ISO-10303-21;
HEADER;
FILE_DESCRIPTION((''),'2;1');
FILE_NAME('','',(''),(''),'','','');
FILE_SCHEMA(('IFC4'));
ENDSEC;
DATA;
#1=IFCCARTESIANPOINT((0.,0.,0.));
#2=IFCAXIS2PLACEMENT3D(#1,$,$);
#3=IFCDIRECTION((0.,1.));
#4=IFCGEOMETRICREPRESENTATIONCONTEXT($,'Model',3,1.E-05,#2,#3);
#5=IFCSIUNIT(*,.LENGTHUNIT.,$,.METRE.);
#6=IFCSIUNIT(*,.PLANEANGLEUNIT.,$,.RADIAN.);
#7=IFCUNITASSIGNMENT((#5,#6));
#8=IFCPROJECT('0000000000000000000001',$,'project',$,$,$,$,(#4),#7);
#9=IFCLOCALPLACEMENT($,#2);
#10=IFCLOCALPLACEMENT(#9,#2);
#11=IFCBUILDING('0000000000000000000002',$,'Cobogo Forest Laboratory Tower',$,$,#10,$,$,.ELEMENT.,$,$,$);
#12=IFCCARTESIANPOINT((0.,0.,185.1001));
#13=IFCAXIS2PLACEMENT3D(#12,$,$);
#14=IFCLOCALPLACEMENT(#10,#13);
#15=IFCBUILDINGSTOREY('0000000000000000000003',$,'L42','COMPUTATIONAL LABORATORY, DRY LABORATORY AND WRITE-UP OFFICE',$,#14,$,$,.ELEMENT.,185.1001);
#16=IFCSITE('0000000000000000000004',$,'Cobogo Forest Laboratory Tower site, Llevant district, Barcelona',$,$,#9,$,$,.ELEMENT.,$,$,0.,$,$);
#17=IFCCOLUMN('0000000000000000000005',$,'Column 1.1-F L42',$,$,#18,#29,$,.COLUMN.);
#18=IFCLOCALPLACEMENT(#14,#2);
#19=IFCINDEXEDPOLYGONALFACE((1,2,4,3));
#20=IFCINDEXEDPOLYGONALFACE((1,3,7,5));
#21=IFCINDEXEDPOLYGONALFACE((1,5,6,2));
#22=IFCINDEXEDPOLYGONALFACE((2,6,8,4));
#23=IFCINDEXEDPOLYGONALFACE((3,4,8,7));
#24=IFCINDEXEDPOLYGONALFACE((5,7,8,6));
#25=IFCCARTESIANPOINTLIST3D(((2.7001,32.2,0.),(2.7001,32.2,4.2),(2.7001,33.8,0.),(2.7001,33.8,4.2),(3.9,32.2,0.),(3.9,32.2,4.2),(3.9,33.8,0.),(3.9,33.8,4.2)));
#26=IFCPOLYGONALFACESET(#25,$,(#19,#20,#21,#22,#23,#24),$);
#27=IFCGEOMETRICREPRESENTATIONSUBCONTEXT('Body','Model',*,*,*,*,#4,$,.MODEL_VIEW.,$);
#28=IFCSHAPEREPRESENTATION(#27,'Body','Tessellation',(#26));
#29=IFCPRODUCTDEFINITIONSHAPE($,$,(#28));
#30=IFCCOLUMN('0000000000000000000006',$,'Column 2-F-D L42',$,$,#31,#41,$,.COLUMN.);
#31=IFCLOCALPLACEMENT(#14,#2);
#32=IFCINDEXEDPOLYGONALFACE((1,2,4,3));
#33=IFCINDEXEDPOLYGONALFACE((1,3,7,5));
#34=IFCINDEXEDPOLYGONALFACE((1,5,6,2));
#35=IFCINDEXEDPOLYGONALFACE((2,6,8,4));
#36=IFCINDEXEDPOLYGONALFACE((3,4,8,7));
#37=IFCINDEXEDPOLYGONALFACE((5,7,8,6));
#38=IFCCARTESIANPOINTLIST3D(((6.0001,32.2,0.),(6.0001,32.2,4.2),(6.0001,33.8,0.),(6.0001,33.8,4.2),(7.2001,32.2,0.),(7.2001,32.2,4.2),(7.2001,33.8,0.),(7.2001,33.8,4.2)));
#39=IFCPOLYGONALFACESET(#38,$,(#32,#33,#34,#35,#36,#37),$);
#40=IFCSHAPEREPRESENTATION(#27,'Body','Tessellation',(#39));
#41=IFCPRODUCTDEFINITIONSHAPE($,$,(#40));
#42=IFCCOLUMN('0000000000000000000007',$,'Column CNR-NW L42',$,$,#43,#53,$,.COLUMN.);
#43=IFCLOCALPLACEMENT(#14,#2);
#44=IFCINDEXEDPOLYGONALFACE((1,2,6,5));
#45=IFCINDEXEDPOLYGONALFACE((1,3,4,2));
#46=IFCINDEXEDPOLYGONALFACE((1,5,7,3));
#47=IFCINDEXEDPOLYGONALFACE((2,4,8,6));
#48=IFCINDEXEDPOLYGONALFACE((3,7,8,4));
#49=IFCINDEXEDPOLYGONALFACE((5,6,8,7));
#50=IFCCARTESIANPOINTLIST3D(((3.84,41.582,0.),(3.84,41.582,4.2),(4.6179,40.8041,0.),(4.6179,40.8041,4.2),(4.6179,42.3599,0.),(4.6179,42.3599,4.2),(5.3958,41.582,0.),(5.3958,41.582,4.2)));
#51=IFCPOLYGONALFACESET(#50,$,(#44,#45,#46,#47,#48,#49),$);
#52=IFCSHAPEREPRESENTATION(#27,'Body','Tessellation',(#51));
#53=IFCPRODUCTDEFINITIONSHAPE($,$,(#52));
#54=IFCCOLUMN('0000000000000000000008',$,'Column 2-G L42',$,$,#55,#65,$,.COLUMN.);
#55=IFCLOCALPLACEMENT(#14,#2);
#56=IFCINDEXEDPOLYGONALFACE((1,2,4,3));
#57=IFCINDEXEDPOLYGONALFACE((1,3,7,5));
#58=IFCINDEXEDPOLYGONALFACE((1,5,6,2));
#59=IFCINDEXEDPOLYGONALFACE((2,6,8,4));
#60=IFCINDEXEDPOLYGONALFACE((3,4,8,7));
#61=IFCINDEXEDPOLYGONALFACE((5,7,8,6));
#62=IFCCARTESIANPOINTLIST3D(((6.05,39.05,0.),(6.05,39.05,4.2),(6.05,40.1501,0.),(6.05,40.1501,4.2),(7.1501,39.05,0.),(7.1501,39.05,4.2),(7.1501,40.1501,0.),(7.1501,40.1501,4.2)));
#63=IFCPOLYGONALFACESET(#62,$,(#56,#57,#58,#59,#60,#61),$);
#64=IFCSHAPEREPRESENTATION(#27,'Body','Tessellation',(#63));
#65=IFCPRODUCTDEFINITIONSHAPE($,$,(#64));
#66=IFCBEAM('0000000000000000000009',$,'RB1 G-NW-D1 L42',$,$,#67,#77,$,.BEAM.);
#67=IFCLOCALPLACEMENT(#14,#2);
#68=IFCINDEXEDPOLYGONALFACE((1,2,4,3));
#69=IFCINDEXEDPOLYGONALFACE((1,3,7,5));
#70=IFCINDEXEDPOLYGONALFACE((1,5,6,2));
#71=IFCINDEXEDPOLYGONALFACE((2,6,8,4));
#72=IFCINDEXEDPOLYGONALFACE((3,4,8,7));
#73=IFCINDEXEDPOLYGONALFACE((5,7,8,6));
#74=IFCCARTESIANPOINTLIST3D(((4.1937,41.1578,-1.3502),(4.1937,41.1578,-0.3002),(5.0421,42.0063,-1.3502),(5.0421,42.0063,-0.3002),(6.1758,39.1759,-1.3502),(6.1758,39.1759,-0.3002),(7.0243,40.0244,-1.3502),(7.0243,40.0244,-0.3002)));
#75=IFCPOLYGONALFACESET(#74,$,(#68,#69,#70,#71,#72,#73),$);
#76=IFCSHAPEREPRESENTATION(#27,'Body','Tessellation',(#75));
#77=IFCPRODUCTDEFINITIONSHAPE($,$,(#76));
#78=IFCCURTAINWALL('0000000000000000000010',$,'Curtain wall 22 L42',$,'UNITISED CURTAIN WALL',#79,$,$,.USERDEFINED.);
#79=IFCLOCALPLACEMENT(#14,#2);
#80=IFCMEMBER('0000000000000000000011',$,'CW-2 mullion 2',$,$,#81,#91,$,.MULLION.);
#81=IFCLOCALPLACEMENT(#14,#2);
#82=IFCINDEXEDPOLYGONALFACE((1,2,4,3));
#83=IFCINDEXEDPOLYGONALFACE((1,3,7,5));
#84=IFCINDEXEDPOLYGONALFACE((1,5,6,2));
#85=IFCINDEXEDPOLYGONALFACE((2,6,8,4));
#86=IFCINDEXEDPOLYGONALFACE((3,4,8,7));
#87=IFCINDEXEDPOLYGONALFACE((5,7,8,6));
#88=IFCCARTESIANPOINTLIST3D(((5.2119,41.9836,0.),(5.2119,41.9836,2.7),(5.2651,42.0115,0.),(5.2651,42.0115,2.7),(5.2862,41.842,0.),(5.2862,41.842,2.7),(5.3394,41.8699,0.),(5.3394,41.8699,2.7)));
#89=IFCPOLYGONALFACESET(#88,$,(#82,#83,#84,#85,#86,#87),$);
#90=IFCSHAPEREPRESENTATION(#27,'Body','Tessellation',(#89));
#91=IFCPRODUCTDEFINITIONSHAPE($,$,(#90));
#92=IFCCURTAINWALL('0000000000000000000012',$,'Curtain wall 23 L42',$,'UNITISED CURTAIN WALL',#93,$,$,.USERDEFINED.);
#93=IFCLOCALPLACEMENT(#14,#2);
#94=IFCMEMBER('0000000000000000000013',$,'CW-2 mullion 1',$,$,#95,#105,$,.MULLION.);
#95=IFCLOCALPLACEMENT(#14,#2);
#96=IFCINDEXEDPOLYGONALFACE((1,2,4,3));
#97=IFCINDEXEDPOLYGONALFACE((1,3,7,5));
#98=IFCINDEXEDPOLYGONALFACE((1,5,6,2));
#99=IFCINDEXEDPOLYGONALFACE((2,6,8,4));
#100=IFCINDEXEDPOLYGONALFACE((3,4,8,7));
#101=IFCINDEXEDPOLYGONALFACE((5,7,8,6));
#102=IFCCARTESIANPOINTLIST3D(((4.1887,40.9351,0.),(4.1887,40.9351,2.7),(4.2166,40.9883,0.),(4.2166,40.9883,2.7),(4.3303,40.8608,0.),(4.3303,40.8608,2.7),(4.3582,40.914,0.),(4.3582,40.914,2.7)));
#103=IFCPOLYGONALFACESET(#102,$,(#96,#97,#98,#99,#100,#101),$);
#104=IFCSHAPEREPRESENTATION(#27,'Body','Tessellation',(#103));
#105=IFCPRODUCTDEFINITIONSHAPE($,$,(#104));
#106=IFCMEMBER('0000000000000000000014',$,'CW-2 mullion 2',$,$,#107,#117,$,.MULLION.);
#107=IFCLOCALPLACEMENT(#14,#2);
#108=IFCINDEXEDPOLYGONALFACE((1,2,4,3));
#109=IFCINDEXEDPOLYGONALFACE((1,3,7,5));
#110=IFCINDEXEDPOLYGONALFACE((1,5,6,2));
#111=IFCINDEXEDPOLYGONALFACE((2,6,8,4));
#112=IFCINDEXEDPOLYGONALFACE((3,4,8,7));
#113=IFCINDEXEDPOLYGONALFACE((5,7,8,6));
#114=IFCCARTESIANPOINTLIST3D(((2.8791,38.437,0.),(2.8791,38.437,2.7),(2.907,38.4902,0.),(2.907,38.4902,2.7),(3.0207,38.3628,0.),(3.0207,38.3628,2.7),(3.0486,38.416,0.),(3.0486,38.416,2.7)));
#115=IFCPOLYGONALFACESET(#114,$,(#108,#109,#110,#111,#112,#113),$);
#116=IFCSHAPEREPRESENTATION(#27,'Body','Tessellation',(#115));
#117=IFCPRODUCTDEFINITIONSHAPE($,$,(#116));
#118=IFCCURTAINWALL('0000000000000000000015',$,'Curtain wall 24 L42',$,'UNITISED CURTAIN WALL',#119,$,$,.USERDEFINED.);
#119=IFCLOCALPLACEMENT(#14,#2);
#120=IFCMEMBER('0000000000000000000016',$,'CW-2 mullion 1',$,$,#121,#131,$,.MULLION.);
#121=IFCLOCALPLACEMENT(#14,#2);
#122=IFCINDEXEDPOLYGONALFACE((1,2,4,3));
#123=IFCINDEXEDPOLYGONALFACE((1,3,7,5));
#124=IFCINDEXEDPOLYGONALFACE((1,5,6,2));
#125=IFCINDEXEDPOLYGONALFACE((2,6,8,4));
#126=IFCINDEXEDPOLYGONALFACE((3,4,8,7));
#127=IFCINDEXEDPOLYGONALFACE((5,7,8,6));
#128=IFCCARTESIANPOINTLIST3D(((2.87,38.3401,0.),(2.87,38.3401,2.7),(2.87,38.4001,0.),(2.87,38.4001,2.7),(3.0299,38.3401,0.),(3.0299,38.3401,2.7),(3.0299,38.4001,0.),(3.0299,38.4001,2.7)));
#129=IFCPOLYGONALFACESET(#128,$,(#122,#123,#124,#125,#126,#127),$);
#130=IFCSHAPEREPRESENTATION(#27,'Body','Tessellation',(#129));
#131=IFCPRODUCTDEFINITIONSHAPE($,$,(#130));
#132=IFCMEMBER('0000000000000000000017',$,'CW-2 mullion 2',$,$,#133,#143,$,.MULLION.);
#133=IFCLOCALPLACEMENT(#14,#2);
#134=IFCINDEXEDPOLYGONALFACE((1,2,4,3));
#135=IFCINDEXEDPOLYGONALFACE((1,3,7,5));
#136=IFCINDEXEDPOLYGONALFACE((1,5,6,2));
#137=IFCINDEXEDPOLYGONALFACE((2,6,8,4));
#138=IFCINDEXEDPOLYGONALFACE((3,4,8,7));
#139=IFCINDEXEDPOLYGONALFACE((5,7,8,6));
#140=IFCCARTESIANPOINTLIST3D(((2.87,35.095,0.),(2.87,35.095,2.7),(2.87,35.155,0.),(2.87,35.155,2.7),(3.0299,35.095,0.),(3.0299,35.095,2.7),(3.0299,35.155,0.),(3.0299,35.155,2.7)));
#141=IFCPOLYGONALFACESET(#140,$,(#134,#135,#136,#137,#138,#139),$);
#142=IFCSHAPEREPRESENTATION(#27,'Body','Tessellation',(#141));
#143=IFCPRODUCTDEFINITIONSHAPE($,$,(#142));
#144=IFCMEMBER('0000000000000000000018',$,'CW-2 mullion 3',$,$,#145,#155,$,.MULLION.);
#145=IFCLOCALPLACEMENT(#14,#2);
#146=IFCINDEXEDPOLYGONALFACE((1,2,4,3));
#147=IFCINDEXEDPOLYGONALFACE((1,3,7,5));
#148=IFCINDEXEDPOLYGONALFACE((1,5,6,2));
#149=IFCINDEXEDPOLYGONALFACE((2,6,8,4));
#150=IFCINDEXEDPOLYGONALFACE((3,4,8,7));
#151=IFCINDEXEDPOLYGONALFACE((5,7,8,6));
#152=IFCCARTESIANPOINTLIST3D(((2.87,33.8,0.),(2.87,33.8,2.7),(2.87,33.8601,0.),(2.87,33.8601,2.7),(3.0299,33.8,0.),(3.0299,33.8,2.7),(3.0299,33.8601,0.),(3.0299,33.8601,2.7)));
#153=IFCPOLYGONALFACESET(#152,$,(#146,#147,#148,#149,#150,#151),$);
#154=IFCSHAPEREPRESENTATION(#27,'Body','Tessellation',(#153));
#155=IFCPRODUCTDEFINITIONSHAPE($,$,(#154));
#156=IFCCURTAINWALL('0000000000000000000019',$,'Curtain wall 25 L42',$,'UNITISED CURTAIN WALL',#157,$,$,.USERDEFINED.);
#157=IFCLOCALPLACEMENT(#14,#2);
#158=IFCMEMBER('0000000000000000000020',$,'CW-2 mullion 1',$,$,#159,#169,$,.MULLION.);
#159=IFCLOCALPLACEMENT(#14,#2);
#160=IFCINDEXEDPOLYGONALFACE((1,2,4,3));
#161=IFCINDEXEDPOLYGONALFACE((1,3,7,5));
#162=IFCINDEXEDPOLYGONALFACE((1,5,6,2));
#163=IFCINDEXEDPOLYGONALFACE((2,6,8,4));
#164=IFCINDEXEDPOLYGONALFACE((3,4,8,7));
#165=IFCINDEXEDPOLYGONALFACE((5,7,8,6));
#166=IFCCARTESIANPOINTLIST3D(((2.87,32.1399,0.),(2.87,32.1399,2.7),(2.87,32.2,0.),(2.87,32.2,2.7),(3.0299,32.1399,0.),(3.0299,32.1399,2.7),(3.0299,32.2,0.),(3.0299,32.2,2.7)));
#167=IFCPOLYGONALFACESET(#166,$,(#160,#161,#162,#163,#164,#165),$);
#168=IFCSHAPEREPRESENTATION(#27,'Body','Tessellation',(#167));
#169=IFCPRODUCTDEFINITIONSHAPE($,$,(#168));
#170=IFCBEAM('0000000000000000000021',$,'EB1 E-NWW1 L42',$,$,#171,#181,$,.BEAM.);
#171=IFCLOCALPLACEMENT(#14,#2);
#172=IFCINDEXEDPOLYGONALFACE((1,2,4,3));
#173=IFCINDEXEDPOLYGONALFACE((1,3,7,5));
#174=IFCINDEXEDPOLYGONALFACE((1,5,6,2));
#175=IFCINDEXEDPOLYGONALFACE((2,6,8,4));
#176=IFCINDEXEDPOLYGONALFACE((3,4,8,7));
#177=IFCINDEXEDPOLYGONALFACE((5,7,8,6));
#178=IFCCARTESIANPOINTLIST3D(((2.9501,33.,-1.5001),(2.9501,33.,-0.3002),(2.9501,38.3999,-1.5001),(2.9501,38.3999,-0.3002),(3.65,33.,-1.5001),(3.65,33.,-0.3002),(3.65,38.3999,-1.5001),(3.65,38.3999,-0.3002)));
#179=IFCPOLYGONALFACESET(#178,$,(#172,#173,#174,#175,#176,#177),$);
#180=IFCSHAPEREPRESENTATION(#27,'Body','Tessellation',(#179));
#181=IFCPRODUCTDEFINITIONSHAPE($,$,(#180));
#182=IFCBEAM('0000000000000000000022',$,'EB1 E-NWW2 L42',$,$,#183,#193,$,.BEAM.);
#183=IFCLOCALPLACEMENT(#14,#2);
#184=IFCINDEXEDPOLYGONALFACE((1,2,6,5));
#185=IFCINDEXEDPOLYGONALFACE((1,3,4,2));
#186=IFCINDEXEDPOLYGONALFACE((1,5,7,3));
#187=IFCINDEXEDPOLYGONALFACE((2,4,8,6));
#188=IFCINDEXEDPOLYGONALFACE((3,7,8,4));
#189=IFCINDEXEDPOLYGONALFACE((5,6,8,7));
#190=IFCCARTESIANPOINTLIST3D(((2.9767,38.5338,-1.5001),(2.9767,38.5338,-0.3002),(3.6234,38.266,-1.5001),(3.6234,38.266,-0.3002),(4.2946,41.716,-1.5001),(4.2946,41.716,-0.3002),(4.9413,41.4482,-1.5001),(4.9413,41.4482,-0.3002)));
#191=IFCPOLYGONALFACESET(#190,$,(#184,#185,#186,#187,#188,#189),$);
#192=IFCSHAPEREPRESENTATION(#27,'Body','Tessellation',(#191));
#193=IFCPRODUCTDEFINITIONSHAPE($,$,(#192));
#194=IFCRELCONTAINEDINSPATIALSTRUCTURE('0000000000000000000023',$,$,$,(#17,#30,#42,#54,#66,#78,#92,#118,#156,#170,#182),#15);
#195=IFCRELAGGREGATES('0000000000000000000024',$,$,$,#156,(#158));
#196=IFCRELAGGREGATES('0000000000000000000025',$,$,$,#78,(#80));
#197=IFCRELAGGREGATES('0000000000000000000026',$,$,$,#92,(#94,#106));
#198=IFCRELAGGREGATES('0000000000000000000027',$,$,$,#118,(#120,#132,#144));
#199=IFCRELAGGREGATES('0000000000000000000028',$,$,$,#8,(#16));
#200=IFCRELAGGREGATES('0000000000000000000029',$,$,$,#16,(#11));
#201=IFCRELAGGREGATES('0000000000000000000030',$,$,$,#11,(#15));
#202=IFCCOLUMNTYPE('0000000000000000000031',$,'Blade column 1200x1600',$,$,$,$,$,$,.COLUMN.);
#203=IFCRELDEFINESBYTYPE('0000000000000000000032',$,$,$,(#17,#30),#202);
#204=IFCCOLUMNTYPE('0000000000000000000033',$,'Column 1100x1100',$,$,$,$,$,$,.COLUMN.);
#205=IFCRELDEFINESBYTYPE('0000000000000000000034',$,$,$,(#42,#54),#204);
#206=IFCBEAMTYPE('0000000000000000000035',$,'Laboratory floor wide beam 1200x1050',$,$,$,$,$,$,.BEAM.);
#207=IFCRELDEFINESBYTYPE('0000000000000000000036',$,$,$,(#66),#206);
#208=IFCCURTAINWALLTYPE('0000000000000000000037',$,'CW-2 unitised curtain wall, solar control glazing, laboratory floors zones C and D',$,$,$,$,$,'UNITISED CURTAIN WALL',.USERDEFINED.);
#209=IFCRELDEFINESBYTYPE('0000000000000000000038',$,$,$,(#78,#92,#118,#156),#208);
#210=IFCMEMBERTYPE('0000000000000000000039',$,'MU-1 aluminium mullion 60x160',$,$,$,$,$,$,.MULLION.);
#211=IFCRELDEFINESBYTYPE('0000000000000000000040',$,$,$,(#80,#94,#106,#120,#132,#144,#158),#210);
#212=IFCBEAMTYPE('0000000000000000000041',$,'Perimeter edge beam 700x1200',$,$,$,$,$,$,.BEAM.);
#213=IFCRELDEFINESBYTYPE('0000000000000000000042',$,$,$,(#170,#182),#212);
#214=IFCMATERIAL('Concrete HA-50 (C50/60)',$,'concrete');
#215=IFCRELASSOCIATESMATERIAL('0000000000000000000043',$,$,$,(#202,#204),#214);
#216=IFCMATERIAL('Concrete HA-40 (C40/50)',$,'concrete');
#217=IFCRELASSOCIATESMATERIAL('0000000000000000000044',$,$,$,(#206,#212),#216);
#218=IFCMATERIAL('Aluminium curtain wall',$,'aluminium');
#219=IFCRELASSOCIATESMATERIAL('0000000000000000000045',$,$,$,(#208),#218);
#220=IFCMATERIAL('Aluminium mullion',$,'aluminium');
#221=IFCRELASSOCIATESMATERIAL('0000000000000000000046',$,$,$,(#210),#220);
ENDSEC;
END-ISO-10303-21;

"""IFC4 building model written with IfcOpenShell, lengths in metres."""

from ifc_helpers import new_model, si_unit, direction, frame, origin, origin_2d, place, context, subcontext, project, spatial, rectangle, extrude, material, material_profile, profile_set, type_object, element, aggregate, save


model = new_model("IFC4")

# Units and contexts
model_context = context("Model", 3, precision=1e-05, world=origin(), true_north=direction((0.0, 1.0)))
body_context = subcontext(model_context, "Body", "Model", "MODEL_VIEW")
ifc_project = project(units=[si_unit("LENGTHUNIT", "METRE"), si_unit("PLANEANGLEUNIT", "RADIAN")], contexts=[model_context])

# Site, building, storey
site_placement = place(None, origin())
site = spatial("IfcSite", under=ifc_project, at=site_placement, Name="Cobogo Forest Laboratory Tower site, Llevant district, Barcelona", CompositionType="ELEMENT", RefElevation=0.0)
building_placement = place(site_placement, origin())
building = spatial("IfcBuilding", under=site, at=building_placement, Name="Cobogo Forest Laboratory Tower", CompositionType="ELEMENT")
storey_placement = place(building_placement, frame((0.0, 0.0, 185.1001)))
storey = spatial("IfcBuildingStorey", under=building, at=storey_placement, Name="L42", Description="COMPUTATIONAL LABORATORY, DRY LABORATORY AND WRITE-UP OFFICE", CompositionType="ELEMENT", Elevation=185.1001)

# Columns
ifc_material_1 = material(Name="Concrete HA-50 (C50/60)", Category="concrete")
ifc_material_profile_1 = material_profile(ifc_material_1, rectangle(XDim=1.6001, YDim=1.2, at=origin_2d()), Name="RC 1200x1600")
ifc_profile_set_1 = profile_set([ifc_material_profile_1], Name="Concrete HA-50 (C50/60)")
column_type_1 = type_object("IfcColumnType", Name="Blade column 1200x1600", PredefinedType="COLUMN", material=ifc_profile_set_1)
for number, where, z_axis, x_axis, name in (
    (1, (3.3, 33.0, 0.0), (0.0, 0.0, 1.0), (0.0, 1.0, 0.0), "Column 1.1-F L42"),
    (2, (6.6001, 33.0, 0.0), (0.0, 0.0, 1.0), (0.0, 1.0, 0.0), "Column 2-F-D L42"),
):
    element("IfcColumn", number, at=place(storey_placement, frame(where, z_axis=z_axis, x_axis=x_axis)), inside=storey, type_object=column_type_1, Name=name, PredefinedType="COLUMN", context=body_context, shape_type="SweptSolid", body=[
        extrude(rectangle(XDim=1.6001, YDim=1.2, at=origin_2d()), origin(), (0.0, 0.0, 1.0), 4.2),
    ])
ifc_material_profile_2 = material_profile(ifc_material_1, rectangle(XDim=1.1001, YDim=1.1001, at=origin_2d()), Name="RC 1100x1100")
ifc_profile_set_2 = profile_set([ifc_material_profile_2], Name="Concrete HA-50 (C50/60)")
column_type_2 = type_object("IfcColumnType", Name="Column 1100x1100", PredefinedType="COLUMN", material=ifc_profile_set_2)
for number, where, z_axis, x_axis, name in (
    (3, (4.6179, 41.582, 0.0), (0.0, 0.0, 1.0), (0.707107, 0.707107, 0.0), "Column CNR-NW L42"),
    (4, (6.6001, 39.6001, 0.0), (0.0, 0.0, 1.0), (1.0, 0.0, 0.0), "Column 2-G L42"),
):
    element("IfcColumn", number, at=place(storey_placement, frame(where, z_axis=z_axis, x_axis=x_axis)), inside=storey, type_object=column_type_2, Name=name, PredefinedType="COLUMN", context=body_context, shape_type="SweptSolid", body=[
        extrude(rectangle(XDim=1.1001, YDim=1.1001, at=origin_2d()), origin(), (0.0, 0.0, 1.0), 4.2),
    ])

# Beam
ifc_material_2 = material(Name="Concrete HA-40 (C40/50)", Category="concrete")
ifc_material_profile_3 = material_profile(ifc_material_2, rectangle(XDim=1.2, YDim=1.05, at=origin_2d()), Name="RC 1200x1050")
ifc_profile_set_3 = profile_set([ifc_material_profile_3], Name="Concrete HA-40 (C40/50)")
beam_type_1 = type_object("IfcBeamType", Name="Laboratory floor wide beam 1200x1050", PredefinedType="BEAM", material=ifc_profile_set_3)
beam_1_placement = place(storey_placement, frame((4.6179, 41.582, -0.8252), z_axis=(0.70715, -0.707063, 0.0), x_axis=(0.707063, 0.70715, 0.0)))
element("IfcBeam", 5, at=beam_1_placement, inside=storey, type_object=beam_type_1, Name="RB1 G-NW-D1 L42", PredefinedType="BEAM", context=body_context, shape_type="SweptSolid", body=[
    extrude(rectangle(XDim=1.2, YDim=1.05, at=origin_2d()), origin(), (0.0, 0.0, 1.0), 2.803),
])

# Curtain wall, member
ifc_material_3 = material(Name="Aluminium curtain wall", Category="aluminium")
curtain_wall_type = type_object("IfcCurtainWallType", Name="CW-2 unitised curtain wall, solar control glazing, laboratory floors zones C and D", ElementType="UNITISED CURTAIN WALL", PredefinedType="USERDEFINED", material=ifc_material_3)
curtain_wall_1_placement = place(storey_placement, origin())
curtain_wall_1 = element("IfcCurtainWall", 6, at=curtain_wall_1_placement, inside=storey, type_object=curtain_wall_type, Name="Curtain wall 22 L42", ObjectType="UNITISED CURTAIN WALL", PredefinedType="USERDEFINED")
ifc_material_4 = material(Name="Aluminium mullion", Category="aluminium")
ifc_material_profile_4 = material_profile(ifc_material_4, rectangle(XDim=0.0601, YDim=0.1599, at=origin_2d()), Name="AL 60x160")
ifc_profile_set_4 = profile_set([ifc_material_profile_4], Name="Aluminium mullion")
member_type_1 = type_object("IfcMemberType", Name="MU-1 aluminium mullion 60x160", PredefinedType="MULLION", material=ifc_profile_set_4)
member_1_placement = place(storey_placement, frame((5.2756, 41.9268, 0.0), z_axis=(0.0, 0.0, 1.0), x_axis=(-0.885686, -0.464284, 0.0)))
member_1 = element("IfcMember", 7, at=member_1_placement, type_object=member_type_1, Name="CW-2 mullion 2", PredefinedType="MULLION", context=body_context, shape_type="SweptSolid", body=[
    extrude(rectangle(XDim=0.0601, YDim=0.1599, at=origin_2d()), origin(), (0.0, 0.0, 1.0), 2.7),
])

# Curtain walls, members
curtain_wall_2_placement = place(storey_placement, origin())
curtain_wall_2 = element("IfcCurtainWall", 8, at=curtain_wall_2_placement, inside=storey, type_object=curtain_wall_type, Name="Curtain wall 23 L42", ObjectType="UNITISED CURTAIN WALL", PredefinedType="USERDEFINED")
member_2_placement = place(storey_placement, frame((4.2734, 40.9246, 0.0), z_axis=(0.0, 0.0, 1.0), x_axis=(-0.464284, -0.885686, 0.0)))
member_2 = element("IfcMember", 9, at=member_2_placement, type_object=member_type_1, Name="CW-2 mullion 1", PredefinedType="MULLION", context=body_context, shape_type="SweptSolid", body=[
    extrude(rectangle(XDim=0.0601, YDim=0.1599, at=origin_2d()), origin(), (0.0, 0.0, 1.0), 2.7),
])
member_3_placement = place(storey_placement, frame((2.9639, 38.4265, 0.0), z_axis=(0.0, 0.0, 1.0), x_axis=(-0.464284, -0.885686, 0.0)))
member_3 = element("IfcMember", 10, at=member_3_placement, type_object=member_type_1, Name="CW-2 mullion 2", PredefinedType="MULLION", context=body_context, shape_type="SweptSolid", body=[
    extrude(rectangle(XDim=0.0601, YDim=0.1599, at=origin_2d()), origin(), (0.0, 0.0, 1.0), 2.7),
])
curtain_wall_3_placement = place(storey_placement, origin())
curtain_wall_3 = element("IfcCurtainWall", 11, at=curtain_wall_3_placement, inside=storey, type_object=curtain_wall_type, Name="Curtain wall 24 L42", ObjectType="UNITISED CURTAIN WALL", PredefinedType="USERDEFINED")
member_4_placement = place(storey_placement, frame((2.95, 38.3701, 0.0), z_axis=(0.0, 0.0, 1.0), x_axis=(0.0, -1.0, 0.0)))
member_4 = element("IfcMember", 12, at=member_4_placement, type_object=member_type_1, Name="CW-2 mullion 1", PredefinedType="MULLION", context=body_context, shape_type="SweptSolid", body=[
    extrude(rectangle(XDim=0.0601, YDim=0.1599, at=origin_2d()), origin(), (0.0, 0.0, 1.0), 2.7),
])
member_5_placement = place(storey_placement, frame((2.95, 35.125, 0.0), z_axis=(0.0, 0.0, 1.0), x_axis=(0.0, -1.0, 0.0)))
member_5 = element("IfcMember", 13, at=member_5_placement, type_object=member_type_1, Name="CW-2 mullion 2", PredefinedType="MULLION", context=body_context, shape_type="SweptSolid", body=[
    extrude(rectangle(XDim=0.0601, YDim=0.1599, at=origin_2d()), origin(), (0.0, 0.0, 1.0), 2.7),
])
member_6_placement = place(storey_placement, frame((2.95, 33.8301, 0.0), z_axis=(0.0, 0.0, 1.0), x_axis=(0.0, -1.0, 0.0)))
member_6 = element("IfcMember", 14, at=member_6_placement, type_object=member_type_1, Name="CW-2 mullion 3", PredefinedType="MULLION", context=body_context, shape_type="SweptSolid", body=[
    extrude(rectangle(XDim=0.0601, YDim=0.1599, at=origin_2d()), origin(), (0.0, 0.0, 1.0), 2.7),
])

# Curtain wall, member
curtain_wall_4_placement = place(storey_placement, origin())
curtain_wall_4 = element("IfcCurtainWall", 15, at=curtain_wall_4_placement, inside=storey, type_object=curtain_wall_type, Name="Curtain wall 25 L42", ObjectType="UNITISED CURTAIN WALL", PredefinedType="USERDEFINED")
member_7_placement = place(storey_placement, frame((2.95, 32.1699, 0.0), z_axis=(0.0, 0.0, 1.0), x_axis=(0.0, -1.0, 0.0)))
member_7 = element("IfcMember", 16, at=member_7_placement, type_object=member_type_1, Name="CW-2 mullion 1", PredefinedType="MULLION", context=body_context, shape_type="SweptSolid", body=[
    extrude(rectangle(XDim=0.0601, YDim=0.1599, at=origin_2d()), origin(), (0.0, 0.0, 1.0), 2.7),
])

# Beams
ifc_material_profile_5 = material_profile(ifc_material_2, rectangle(XDim=0.7, YDim=1.2, at=origin_2d()), Name="RC 700x1200")
ifc_profile_set_5 = profile_set([ifc_material_profile_5], Name="Concrete HA-40 (C40/50)")
beam_type_2 = type_object("IfcBeamType", Name="Perimeter edge beam 700x1200", PredefinedType="BEAM", material=ifc_profile_set_5)
beam_2_placement = place(storey_placement, frame((3.3, 33.0, -0.9001), z_axis=(0.0, 1.0, 0.0), x_axis=(-1.0, 0.0, 0.0)))
element("IfcBeam", 17, at=beam_2_placement, inside=storey, type_object=beam_type_2, Name="EB1 E-NWW1 L42", PredefinedType="BEAM", context=body_context, shape_type="SweptSolid", body=[
    extrude(rectangle(XDim=0.7, YDim=1.2, at=origin_2d()), origin(), (0.0, 0.0, 1.0), 5.3999),
])
beam_3_placement = place(storey_placement, frame((3.3, 38.3999, -0.9001), z_axis=(0.382631, 0.923901, 0.0), x_axis=(-0.923901, 0.382631, 0.0)))
element("IfcBeam", 18, at=beam_3_placement, inside=storey, type_object=beam_type_2, Name="EB1 E-NWW2 L42", PredefinedType="BEAM", context=body_context, shape_type="SweptSolid", body=[
    extrude(rectangle(XDim=0.7, YDim=1.2, at=origin_2d()), origin(), (0.0, 0.0, 1.0), 3.4443),
])

aggregate(curtain_wall_4, [member_7])

aggregate(curtain_wall_1, [member_1])
aggregate(curtain_wall_2, [member_2, member_3])
aggregate(curtain_wall_3, [member_4, member_5, member_6])

save(model, "model.ifc")
